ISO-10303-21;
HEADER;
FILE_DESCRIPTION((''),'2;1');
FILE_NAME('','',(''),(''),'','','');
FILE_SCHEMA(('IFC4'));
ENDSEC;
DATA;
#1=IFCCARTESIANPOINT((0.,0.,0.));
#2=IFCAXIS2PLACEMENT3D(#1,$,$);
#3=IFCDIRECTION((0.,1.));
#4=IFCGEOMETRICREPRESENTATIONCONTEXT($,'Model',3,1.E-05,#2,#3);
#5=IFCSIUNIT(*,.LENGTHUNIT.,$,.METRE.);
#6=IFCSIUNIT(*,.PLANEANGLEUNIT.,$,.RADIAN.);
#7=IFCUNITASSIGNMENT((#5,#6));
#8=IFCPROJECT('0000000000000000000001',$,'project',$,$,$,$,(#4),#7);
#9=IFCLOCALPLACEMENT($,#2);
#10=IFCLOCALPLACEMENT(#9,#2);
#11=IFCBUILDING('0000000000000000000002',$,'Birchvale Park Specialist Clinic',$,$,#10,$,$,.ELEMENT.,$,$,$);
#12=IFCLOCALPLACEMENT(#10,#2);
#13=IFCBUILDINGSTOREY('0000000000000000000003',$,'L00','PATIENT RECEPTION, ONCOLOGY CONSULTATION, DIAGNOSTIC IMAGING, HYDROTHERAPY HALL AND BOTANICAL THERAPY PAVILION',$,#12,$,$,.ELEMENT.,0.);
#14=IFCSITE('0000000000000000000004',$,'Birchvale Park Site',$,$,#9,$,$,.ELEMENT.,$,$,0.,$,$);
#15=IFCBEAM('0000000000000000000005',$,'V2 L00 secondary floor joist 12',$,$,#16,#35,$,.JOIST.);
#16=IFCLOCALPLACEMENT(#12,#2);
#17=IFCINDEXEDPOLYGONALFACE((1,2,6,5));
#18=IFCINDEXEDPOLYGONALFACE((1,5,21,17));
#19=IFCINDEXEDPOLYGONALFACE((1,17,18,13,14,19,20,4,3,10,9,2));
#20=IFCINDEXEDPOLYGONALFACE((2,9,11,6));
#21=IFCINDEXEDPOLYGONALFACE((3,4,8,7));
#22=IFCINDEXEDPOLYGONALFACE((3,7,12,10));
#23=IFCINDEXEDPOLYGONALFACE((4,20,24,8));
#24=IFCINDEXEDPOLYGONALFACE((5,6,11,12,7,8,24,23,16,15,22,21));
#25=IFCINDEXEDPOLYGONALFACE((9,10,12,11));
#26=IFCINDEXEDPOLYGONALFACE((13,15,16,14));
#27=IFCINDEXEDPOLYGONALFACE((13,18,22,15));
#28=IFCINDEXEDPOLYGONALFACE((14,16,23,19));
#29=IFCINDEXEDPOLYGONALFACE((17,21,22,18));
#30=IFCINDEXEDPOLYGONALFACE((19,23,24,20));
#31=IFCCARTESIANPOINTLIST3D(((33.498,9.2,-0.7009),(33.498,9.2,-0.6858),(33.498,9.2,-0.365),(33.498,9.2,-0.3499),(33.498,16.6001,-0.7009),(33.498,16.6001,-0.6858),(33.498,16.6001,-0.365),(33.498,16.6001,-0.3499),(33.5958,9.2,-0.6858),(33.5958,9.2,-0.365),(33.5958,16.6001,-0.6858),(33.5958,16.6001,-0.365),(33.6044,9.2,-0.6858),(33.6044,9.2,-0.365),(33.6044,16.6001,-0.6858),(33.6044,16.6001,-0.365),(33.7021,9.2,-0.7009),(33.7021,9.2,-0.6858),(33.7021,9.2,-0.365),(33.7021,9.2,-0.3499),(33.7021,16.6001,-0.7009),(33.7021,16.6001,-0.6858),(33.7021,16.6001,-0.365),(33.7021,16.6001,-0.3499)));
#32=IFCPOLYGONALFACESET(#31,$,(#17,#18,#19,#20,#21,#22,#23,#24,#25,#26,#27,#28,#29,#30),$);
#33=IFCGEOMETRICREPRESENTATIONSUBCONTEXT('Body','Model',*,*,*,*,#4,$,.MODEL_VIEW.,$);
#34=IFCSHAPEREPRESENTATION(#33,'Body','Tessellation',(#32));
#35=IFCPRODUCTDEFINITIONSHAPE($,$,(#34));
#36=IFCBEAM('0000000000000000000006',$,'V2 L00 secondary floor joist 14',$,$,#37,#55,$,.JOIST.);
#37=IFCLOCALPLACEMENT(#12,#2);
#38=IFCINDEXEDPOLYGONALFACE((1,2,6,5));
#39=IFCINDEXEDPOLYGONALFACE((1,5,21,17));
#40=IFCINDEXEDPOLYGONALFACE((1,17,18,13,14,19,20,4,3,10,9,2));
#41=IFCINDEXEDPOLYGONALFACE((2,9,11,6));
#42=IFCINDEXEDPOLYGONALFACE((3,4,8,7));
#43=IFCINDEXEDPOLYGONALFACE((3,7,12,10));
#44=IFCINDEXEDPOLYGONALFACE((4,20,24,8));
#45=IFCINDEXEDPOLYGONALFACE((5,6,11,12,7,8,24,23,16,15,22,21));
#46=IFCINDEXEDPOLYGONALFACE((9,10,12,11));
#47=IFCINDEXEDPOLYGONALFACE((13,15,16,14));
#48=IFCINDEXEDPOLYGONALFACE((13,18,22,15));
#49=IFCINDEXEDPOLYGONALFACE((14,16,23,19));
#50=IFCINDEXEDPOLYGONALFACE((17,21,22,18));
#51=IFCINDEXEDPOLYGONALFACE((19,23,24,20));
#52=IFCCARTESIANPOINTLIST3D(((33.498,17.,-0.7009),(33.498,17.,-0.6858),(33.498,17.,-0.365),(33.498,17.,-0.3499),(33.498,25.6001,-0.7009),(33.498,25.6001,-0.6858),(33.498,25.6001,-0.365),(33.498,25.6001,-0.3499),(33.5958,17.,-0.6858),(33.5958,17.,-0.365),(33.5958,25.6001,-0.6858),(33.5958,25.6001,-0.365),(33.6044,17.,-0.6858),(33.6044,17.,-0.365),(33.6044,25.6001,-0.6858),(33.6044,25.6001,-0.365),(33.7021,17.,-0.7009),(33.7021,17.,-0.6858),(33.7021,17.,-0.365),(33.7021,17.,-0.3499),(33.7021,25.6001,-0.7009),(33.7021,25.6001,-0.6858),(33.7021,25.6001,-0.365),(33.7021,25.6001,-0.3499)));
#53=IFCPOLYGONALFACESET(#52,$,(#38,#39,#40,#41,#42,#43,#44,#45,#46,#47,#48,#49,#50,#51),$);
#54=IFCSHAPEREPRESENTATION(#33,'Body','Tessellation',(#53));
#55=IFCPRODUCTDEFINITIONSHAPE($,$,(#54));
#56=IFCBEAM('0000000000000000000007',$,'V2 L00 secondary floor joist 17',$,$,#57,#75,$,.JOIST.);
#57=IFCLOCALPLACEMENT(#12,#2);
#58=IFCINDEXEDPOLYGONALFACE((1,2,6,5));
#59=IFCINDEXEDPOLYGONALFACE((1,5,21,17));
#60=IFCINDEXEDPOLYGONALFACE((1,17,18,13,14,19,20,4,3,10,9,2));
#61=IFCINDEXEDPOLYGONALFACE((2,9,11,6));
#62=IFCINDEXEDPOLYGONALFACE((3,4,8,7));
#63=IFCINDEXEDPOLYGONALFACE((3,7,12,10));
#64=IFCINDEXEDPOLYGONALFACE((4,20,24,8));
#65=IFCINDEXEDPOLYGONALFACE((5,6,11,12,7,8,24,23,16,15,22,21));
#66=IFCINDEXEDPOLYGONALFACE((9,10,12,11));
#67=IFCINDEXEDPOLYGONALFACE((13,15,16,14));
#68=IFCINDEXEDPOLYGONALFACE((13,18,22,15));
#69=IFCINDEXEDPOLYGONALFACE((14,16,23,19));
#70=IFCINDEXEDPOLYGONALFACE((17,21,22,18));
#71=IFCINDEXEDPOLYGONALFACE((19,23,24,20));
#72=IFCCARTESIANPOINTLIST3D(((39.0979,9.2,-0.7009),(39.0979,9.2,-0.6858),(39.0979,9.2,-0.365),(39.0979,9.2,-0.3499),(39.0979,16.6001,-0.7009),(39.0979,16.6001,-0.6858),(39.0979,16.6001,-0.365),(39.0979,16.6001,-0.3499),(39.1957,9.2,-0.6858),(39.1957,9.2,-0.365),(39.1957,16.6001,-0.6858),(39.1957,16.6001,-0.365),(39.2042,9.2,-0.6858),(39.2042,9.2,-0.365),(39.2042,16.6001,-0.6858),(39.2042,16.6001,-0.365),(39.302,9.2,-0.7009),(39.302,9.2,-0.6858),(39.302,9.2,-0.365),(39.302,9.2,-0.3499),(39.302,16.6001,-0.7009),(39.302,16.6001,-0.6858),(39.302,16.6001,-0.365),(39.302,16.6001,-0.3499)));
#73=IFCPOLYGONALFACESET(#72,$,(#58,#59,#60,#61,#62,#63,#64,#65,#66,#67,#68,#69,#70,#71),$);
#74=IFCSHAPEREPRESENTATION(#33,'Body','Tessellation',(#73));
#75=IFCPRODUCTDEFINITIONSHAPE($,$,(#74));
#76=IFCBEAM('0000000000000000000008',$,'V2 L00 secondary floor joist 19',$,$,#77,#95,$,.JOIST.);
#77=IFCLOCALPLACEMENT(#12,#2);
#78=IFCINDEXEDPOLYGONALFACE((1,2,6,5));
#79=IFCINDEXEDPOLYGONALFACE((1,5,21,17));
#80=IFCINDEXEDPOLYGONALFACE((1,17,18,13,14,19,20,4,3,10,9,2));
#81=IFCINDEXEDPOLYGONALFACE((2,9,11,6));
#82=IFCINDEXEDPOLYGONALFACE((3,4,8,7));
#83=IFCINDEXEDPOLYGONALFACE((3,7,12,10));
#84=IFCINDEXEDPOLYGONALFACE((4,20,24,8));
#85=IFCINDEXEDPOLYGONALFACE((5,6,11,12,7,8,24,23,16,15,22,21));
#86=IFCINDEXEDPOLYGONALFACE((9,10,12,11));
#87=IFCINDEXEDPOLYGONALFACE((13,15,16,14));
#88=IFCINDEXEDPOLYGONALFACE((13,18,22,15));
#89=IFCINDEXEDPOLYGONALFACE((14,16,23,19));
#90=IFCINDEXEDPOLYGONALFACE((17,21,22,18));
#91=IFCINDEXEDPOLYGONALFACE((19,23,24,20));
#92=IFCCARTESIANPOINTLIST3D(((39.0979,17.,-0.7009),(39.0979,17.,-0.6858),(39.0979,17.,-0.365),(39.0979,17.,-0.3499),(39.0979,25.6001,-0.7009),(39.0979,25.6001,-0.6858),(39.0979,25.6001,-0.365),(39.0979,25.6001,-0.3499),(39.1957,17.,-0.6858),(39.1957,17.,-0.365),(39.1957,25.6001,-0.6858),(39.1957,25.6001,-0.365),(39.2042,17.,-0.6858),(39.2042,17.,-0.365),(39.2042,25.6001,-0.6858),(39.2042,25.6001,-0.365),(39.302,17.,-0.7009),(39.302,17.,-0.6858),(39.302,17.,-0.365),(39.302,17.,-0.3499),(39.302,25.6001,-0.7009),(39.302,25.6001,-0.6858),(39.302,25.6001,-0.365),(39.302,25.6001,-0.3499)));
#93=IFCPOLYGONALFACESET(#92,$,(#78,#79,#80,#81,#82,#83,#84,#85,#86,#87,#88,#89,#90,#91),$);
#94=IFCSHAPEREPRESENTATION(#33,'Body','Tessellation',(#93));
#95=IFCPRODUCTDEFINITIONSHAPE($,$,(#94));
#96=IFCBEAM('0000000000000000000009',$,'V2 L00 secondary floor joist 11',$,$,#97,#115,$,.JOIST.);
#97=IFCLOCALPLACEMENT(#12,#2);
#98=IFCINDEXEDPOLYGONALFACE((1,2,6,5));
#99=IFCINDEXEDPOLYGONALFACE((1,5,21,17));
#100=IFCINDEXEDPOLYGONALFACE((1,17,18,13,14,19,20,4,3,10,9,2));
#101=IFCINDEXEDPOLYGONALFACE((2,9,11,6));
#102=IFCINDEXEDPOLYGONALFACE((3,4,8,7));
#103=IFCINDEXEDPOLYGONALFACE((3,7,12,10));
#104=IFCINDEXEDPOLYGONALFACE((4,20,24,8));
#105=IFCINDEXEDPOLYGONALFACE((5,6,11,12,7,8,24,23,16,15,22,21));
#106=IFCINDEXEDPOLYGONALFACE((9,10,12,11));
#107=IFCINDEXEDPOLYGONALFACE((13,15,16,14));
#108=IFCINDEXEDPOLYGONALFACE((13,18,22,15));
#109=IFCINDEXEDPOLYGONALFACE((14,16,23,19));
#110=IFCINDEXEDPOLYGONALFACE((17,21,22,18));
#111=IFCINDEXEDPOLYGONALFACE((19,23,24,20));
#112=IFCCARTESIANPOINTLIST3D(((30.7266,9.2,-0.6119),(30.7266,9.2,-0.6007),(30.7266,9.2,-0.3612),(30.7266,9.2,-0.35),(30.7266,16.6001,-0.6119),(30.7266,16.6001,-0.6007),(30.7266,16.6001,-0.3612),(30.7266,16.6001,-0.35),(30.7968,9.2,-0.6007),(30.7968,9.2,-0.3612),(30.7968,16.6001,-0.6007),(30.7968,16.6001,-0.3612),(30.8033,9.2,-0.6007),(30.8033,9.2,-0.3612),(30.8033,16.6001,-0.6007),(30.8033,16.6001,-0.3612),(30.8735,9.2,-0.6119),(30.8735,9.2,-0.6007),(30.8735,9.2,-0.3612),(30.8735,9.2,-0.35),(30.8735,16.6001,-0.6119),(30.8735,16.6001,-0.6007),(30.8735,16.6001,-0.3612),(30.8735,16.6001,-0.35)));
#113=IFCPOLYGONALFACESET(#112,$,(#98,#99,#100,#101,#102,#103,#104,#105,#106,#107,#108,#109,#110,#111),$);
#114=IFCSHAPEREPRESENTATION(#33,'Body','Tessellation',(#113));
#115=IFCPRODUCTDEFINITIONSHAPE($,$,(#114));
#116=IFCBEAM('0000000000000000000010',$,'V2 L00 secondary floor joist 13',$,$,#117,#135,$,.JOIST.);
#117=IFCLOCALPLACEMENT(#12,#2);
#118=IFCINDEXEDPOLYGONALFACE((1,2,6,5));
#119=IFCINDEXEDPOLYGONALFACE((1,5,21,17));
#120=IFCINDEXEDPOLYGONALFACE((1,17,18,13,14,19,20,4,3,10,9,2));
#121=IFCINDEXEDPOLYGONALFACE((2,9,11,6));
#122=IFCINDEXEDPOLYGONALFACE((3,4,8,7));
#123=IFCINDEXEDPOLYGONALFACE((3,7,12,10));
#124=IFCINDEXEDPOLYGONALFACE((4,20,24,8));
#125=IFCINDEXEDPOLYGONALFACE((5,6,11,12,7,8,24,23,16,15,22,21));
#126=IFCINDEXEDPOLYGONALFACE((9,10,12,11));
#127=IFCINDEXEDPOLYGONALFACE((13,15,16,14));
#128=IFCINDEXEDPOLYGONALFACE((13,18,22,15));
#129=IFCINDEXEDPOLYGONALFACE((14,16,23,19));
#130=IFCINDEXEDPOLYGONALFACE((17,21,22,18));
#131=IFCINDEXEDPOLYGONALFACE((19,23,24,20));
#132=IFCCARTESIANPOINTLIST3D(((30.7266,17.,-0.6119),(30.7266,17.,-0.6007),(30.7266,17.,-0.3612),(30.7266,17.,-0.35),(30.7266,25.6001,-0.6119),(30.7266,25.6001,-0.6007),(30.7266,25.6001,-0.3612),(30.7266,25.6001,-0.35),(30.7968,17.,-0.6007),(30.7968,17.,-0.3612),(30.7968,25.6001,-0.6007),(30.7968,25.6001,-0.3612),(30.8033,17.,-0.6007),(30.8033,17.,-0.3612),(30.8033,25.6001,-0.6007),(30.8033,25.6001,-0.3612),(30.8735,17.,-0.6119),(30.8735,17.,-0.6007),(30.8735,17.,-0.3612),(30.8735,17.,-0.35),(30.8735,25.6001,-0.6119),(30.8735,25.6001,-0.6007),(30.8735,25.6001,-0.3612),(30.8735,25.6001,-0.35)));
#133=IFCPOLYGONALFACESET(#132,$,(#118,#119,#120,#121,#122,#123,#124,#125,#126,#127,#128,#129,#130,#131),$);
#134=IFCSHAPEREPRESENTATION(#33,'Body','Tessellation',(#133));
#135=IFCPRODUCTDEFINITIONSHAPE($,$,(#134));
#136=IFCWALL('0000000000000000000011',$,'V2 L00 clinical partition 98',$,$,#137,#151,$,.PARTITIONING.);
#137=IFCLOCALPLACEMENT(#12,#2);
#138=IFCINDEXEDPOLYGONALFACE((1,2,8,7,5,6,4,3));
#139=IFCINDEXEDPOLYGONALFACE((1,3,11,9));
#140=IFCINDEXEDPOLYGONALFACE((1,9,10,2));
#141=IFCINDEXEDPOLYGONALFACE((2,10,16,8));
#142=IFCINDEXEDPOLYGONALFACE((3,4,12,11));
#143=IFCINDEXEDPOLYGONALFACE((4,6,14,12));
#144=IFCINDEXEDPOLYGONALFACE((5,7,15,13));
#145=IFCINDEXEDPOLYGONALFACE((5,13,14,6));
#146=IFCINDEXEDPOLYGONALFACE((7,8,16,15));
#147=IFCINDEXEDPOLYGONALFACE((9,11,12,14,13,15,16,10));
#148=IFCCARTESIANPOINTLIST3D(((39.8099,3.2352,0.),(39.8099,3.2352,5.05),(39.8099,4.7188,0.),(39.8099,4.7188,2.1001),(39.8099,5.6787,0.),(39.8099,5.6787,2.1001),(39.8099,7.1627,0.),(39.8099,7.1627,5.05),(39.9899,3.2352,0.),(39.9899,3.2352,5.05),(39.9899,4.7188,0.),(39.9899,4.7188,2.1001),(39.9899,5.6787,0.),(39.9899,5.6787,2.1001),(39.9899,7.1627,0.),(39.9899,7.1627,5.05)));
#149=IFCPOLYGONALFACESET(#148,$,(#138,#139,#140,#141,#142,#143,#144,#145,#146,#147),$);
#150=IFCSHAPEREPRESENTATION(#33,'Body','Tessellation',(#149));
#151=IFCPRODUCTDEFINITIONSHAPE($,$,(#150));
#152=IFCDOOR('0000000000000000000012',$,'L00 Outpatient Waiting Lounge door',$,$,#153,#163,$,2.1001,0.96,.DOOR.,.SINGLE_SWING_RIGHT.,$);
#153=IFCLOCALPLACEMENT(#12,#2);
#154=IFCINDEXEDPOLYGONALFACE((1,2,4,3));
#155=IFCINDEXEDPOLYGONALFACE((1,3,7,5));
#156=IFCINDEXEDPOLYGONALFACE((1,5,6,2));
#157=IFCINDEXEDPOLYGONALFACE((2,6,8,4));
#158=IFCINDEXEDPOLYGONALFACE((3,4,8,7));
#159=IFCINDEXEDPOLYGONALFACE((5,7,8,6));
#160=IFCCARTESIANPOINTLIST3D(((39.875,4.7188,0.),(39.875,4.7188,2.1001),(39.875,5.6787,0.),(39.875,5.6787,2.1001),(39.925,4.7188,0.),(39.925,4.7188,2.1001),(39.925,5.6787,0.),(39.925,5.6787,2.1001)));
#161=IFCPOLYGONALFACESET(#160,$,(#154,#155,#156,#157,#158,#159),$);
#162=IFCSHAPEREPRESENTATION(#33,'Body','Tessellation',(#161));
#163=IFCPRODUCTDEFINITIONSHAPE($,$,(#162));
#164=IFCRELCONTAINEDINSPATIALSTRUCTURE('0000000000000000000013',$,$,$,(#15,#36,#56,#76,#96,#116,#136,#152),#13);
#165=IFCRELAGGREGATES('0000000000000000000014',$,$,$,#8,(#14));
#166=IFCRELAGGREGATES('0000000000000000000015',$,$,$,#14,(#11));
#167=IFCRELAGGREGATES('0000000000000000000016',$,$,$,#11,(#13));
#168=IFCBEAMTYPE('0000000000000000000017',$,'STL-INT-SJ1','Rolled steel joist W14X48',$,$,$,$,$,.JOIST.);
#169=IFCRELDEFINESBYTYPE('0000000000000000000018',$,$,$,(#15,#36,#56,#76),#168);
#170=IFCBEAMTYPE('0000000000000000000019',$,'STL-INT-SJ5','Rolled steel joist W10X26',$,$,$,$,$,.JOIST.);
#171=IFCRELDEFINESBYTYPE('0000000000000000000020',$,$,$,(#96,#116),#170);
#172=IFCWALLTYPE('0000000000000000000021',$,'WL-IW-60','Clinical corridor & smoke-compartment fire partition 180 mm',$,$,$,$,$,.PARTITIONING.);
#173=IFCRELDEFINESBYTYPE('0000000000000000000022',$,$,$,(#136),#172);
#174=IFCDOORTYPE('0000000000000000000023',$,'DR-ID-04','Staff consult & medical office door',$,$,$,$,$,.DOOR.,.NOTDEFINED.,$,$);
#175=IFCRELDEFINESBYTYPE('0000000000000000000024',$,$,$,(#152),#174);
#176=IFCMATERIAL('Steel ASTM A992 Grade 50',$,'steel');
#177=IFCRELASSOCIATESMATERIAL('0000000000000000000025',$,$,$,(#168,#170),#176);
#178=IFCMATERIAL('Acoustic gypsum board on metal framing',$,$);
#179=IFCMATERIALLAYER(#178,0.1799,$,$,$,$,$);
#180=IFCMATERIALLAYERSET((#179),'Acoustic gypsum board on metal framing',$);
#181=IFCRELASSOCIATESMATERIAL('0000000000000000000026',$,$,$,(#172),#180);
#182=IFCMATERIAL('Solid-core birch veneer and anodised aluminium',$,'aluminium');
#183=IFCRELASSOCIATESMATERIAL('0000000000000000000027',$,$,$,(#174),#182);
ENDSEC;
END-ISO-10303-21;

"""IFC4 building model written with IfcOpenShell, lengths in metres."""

from ifc_helpers import new_model, si_unit, direction, frame, frame_2d, origin, origin_2d, place, context, subcontext, project, spatial, rectangle, i_section, extrude, material, layer, layer_set, material_profile, profile_set, type_object, element, fill, save


model = new_model("IFC4")

# Units and contexts
model_context = context("Model", 3, precision=1e-05, world=origin(), true_north=direction((0.0, 1.0)))
body_context = subcontext(model_context, "Body", "Model", "MODEL_VIEW")
ifc_project = project(units=[si_unit("LENGTHUNIT", "METRE"), si_unit("PLANEANGLEUNIT", "RADIAN")], contexts=[model_context])

# Site, building, storey
site_placement = place(None, origin())
site = spatial("IfcSite", under=ifc_project, at=site_placement, Name="Birchvale Park Site", CompositionType="ELEMENT", RefElevation=0.0)
building_placement = place(site_placement, origin())
building = spatial("IfcBuilding", under=site, at=building_placement, Name="Birchvale Park Specialist Clinic", CompositionType="ELEMENT")
storey_placement = place(building_placement, origin())
storey = spatial("IfcBuildingStorey", under=building, at=storey_placement, Name="L00", Description="PATIENT RECEPTION, ONCOLOGY CONSULTATION, DIAGNOSTIC IMAGING, HYDROTHERAPY HALL AND BOTANICAL THERAPY PAVILION", CompositionType="ELEMENT", Elevation=0.0)

# Beams
ifc_material_1 = material(Name="Steel ASTM A992 Grade 50", Category="steel")
ifc_material_profile_1 = material_profile(ifc_material_1, i_section(OverallWidth=0.2041, OverallDepth=0.3511, WebThickness=0.0085, FlangeThickness=0.0151, at=origin_2d()), Name="W14X48")
ifc_profile_set_1 = profile_set([ifc_material_profile_1], Name="Steel ASTM A992 Grade 50")
beam_type_1 = type_object("IfcBeamType", Name="STL-INT-SJ1", Description="Rolled steel joist W14X48", PredefinedType="JOIST", material=ifc_profile_set_1)
beam_1_placement = place(storey_placement, frame((33.6001, 9.2, -0.5254), z_axis=(0.0, 1.0, 0.0), x_axis=(-1.0, 0.0, 0.0)))
element("IfcBeam", 1, at=beam_1_placement, inside=storey, type_object=beam_type_1, Name="V2 L00 secondary floor joist 12", PredefinedType="JOIST", context=body_context, shape_type="SweptSolid", body=[
    extrude(i_section(OverallWidth=0.2041, OverallDepth=0.3511, WebThickness=0.0085, FlangeThickness=0.0151, at=origin_2d()), origin(), (0.0, 0.0, 1.0), 7.4001),
])
beam_2_placement = place(storey_placement, frame((33.6001, 17.0, -0.5254), z_axis=(0.0, 1.0, 0.0), x_axis=(-1.0, 0.0, 0.0)))
element("IfcBeam", 2, at=beam_2_placement, inside=storey, type_object=beam_type_1, Name="V2 L00 secondary floor joist 14", PredefinedType="JOIST", context=body_context, shape_type="SweptSolid", body=[
    extrude(i_section(OverallWidth=0.2041, OverallDepth=0.3511, WebThickness=0.0085, FlangeThickness=0.0151, at=origin_2d()), origin(), (0.0, 0.0, 1.0), 8.6001),
])
beam_3_placement = place(storey_placement, frame((39.2, 9.2, -0.5254), z_axis=(0.0, 1.0, 0.0), x_axis=(-1.0, 0.0, 0.0)))
element("IfcBeam", 3, at=beam_3_placement, inside=storey, type_object=beam_type_1, Name="V2 L00 secondary floor joist 17", PredefinedType="JOIST", context=body_context, shape_type="SweptSolid", body=[
    extrude(i_section(OverallWidth=0.2041, OverallDepth=0.3511, WebThickness=0.0085, FlangeThickness=0.0151, at=origin_2d()), origin(), (0.0, 0.0, 1.0), 7.4001),
])
beam_4_placement = place(storey_placement, frame((39.2, 17.0, -0.5254), z_axis=(0.0, 1.0, 0.0), x_axis=(-1.0, 0.0, 0.0)))
element("IfcBeam", 4, at=beam_4_placement, inside=storey, type_object=beam_type_1, Name="V2 L00 secondary floor joist 19", PredefinedType="JOIST", context=body_context, shape_type="SweptSolid", body=[
    extrude(i_section(OverallWidth=0.2041, OverallDepth=0.3511, WebThickness=0.0085, FlangeThickness=0.0151, at=origin_2d()), origin(), (0.0, 0.0, 1.0), 8.6001),
])
ifc_material_profile_2 = material_profile(ifc_material_1, i_section(OverallWidth=0.147, OverallDepth=0.262, WebThickness=0.0066, FlangeThickness=0.0112, at=origin_2d()), Name="W10X26")
ifc_profile_set_2 = profile_set([ifc_material_profile_2], Name="Steel ASTM A992 Grade 50")
beam_type_2 = type_object("IfcBeamType", Name="STL-INT-SJ5", Description="Rolled steel joist W10X26", PredefinedType="JOIST", material=ifc_profile_set_2)
beam_5_placement = place(storey_placement, frame((30.8, 9.2, -0.481), z_axis=(0.0, 1.0, 0.0), x_axis=(-1.0, 0.0, 0.0)))
element("IfcBeam", 5, at=beam_5_placement, inside=storey, type_object=beam_type_2, Name="V2 L00 secondary floor joist 11", PredefinedType="JOIST", context=body_context, shape_type="SweptSolid", body=[
    extrude(i_section(OverallWidth=0.147, OverallDepth=0.262, WebThickness=0.0066, FlangeThickness=0.0112, at=origin_2d()), origin(), (0.0, 0.0, 1.0), 7.4001),
])
beam_6_placement = place(storey_placement, frame((30.8, 17.0, -0.481), z_axis=(0.0, 1.0, 0.0), x_axis=(-1.0, 0.0, 0.0)))
element("IfcBeam", 6, at=beam_6_placement, inside=storey, type_object=beam_type_2, Name="V2 L00 secondary floor joist 13", PredefinedType="JOIST", context=body_context, shape_type="SweptSolid", body=[
    extrude(i_section(OverallWidth=0.147, OverallDepth=0.262, WebThickness=0.0066, FlangeThickness=0.0112, at=origin_2d()), origin(), (0.0, 0.0, 1.0), 8.6001),
])

# Wall, opening, door
ifc_material_2 = material(Name="Acoustic gypsum board on metal framing")
ifc_layer_1 = layer(ifc_material_2, 0.1799)
ifc_layer_set_1 = layer_set([ifc_layer_1], Name="Acoustic gypsum board on metal framing")
wall_type_1 = type_object("IfcWallType", Name="WL-IW-60", Description="Clinical corridor & smoke-compartment fire partition 180 mm", PredefinedType="PARTITIONING", material=ifc_layer_set_1)
wall_1_placement = place(storey_placement, frame((39.8999, 3.2351, 0.0), z_axis=(0.0, 0.0, 1.0), x_axis=(0.0, 1.0, 0.0)))
wall_1 = element("IfcWall", 7, at=wall_1_placement, inside=storey, type_object=wall_type_1, Name="V2 L00 clinical partition 98", PredefinedType="PARTITIONING", context=body_context, shape_type="SweptSolid", body=[
    extrude(rectangle(XDim=3.9275, YDim=0.1799, at=frame_2d((1.9639, 0.0))), origin(), (0.0, 0.0, 1.0), 5.05),
])
opening_1_placement = place(wall_1_placement, frame((1.4836, 0.0, 0.0)))
opening_1 = element("IfcOpeningElement", 8, at=opening_1_placement, cuts=wall_1, PredefinedType="OPENING", context=body_context, shape_type="SweptSolid", body=[
    extrude(rectangle(XDim=0.96, YDim=2.1001, at=frame_2d((0.48, 1.05))), frame((0.0, 0.1001, 0.0), z_axis=(0.0, -1.0, 0.0), x_axis=(1.0, 0.0, 0.0)), (0.0, 0.0, 1.0), 0.2),
])
ifc_material_3 = material(Name="Solid-core birch veneer and anodised aluminium", Category="aluminium")
door_type_1 = type_object("IfcDoorType", Name="DR-ID-04", Description="Staff consult & medical office door", OperationType="NOTDEFINED", PredefinedType="DOOR", material=ifc_material_3)
door_1_placement = place(opening_1_placement, origin())
door_1 = element("IfcDoor", 9, at=door_1_placement, inside=storey, type_object=door_type_1, Name="L00 Outpatient Waiting Lounge door", OperationType="SINGLE_SWING_RIGHT", OverallHeight=2.1001, OverallWidth=0.96, PredefinedType="DOOR", context=body_context, shape_type="SweptSolid", body=[
    extrude(rectangle(XDim=0.96, YDim=2.1001, at=frame_2d((0.48, 1.05))), frame((0.0, 0.0249, 0.0), z_axis=(0.0, -1.0, 0.0), x_axis=(1.0, 0.0, 0.0)), (0.0, 0.0, 1.0), 0.05),
])
fill(opening_1, door_1)

save(model, "model.ifc")
